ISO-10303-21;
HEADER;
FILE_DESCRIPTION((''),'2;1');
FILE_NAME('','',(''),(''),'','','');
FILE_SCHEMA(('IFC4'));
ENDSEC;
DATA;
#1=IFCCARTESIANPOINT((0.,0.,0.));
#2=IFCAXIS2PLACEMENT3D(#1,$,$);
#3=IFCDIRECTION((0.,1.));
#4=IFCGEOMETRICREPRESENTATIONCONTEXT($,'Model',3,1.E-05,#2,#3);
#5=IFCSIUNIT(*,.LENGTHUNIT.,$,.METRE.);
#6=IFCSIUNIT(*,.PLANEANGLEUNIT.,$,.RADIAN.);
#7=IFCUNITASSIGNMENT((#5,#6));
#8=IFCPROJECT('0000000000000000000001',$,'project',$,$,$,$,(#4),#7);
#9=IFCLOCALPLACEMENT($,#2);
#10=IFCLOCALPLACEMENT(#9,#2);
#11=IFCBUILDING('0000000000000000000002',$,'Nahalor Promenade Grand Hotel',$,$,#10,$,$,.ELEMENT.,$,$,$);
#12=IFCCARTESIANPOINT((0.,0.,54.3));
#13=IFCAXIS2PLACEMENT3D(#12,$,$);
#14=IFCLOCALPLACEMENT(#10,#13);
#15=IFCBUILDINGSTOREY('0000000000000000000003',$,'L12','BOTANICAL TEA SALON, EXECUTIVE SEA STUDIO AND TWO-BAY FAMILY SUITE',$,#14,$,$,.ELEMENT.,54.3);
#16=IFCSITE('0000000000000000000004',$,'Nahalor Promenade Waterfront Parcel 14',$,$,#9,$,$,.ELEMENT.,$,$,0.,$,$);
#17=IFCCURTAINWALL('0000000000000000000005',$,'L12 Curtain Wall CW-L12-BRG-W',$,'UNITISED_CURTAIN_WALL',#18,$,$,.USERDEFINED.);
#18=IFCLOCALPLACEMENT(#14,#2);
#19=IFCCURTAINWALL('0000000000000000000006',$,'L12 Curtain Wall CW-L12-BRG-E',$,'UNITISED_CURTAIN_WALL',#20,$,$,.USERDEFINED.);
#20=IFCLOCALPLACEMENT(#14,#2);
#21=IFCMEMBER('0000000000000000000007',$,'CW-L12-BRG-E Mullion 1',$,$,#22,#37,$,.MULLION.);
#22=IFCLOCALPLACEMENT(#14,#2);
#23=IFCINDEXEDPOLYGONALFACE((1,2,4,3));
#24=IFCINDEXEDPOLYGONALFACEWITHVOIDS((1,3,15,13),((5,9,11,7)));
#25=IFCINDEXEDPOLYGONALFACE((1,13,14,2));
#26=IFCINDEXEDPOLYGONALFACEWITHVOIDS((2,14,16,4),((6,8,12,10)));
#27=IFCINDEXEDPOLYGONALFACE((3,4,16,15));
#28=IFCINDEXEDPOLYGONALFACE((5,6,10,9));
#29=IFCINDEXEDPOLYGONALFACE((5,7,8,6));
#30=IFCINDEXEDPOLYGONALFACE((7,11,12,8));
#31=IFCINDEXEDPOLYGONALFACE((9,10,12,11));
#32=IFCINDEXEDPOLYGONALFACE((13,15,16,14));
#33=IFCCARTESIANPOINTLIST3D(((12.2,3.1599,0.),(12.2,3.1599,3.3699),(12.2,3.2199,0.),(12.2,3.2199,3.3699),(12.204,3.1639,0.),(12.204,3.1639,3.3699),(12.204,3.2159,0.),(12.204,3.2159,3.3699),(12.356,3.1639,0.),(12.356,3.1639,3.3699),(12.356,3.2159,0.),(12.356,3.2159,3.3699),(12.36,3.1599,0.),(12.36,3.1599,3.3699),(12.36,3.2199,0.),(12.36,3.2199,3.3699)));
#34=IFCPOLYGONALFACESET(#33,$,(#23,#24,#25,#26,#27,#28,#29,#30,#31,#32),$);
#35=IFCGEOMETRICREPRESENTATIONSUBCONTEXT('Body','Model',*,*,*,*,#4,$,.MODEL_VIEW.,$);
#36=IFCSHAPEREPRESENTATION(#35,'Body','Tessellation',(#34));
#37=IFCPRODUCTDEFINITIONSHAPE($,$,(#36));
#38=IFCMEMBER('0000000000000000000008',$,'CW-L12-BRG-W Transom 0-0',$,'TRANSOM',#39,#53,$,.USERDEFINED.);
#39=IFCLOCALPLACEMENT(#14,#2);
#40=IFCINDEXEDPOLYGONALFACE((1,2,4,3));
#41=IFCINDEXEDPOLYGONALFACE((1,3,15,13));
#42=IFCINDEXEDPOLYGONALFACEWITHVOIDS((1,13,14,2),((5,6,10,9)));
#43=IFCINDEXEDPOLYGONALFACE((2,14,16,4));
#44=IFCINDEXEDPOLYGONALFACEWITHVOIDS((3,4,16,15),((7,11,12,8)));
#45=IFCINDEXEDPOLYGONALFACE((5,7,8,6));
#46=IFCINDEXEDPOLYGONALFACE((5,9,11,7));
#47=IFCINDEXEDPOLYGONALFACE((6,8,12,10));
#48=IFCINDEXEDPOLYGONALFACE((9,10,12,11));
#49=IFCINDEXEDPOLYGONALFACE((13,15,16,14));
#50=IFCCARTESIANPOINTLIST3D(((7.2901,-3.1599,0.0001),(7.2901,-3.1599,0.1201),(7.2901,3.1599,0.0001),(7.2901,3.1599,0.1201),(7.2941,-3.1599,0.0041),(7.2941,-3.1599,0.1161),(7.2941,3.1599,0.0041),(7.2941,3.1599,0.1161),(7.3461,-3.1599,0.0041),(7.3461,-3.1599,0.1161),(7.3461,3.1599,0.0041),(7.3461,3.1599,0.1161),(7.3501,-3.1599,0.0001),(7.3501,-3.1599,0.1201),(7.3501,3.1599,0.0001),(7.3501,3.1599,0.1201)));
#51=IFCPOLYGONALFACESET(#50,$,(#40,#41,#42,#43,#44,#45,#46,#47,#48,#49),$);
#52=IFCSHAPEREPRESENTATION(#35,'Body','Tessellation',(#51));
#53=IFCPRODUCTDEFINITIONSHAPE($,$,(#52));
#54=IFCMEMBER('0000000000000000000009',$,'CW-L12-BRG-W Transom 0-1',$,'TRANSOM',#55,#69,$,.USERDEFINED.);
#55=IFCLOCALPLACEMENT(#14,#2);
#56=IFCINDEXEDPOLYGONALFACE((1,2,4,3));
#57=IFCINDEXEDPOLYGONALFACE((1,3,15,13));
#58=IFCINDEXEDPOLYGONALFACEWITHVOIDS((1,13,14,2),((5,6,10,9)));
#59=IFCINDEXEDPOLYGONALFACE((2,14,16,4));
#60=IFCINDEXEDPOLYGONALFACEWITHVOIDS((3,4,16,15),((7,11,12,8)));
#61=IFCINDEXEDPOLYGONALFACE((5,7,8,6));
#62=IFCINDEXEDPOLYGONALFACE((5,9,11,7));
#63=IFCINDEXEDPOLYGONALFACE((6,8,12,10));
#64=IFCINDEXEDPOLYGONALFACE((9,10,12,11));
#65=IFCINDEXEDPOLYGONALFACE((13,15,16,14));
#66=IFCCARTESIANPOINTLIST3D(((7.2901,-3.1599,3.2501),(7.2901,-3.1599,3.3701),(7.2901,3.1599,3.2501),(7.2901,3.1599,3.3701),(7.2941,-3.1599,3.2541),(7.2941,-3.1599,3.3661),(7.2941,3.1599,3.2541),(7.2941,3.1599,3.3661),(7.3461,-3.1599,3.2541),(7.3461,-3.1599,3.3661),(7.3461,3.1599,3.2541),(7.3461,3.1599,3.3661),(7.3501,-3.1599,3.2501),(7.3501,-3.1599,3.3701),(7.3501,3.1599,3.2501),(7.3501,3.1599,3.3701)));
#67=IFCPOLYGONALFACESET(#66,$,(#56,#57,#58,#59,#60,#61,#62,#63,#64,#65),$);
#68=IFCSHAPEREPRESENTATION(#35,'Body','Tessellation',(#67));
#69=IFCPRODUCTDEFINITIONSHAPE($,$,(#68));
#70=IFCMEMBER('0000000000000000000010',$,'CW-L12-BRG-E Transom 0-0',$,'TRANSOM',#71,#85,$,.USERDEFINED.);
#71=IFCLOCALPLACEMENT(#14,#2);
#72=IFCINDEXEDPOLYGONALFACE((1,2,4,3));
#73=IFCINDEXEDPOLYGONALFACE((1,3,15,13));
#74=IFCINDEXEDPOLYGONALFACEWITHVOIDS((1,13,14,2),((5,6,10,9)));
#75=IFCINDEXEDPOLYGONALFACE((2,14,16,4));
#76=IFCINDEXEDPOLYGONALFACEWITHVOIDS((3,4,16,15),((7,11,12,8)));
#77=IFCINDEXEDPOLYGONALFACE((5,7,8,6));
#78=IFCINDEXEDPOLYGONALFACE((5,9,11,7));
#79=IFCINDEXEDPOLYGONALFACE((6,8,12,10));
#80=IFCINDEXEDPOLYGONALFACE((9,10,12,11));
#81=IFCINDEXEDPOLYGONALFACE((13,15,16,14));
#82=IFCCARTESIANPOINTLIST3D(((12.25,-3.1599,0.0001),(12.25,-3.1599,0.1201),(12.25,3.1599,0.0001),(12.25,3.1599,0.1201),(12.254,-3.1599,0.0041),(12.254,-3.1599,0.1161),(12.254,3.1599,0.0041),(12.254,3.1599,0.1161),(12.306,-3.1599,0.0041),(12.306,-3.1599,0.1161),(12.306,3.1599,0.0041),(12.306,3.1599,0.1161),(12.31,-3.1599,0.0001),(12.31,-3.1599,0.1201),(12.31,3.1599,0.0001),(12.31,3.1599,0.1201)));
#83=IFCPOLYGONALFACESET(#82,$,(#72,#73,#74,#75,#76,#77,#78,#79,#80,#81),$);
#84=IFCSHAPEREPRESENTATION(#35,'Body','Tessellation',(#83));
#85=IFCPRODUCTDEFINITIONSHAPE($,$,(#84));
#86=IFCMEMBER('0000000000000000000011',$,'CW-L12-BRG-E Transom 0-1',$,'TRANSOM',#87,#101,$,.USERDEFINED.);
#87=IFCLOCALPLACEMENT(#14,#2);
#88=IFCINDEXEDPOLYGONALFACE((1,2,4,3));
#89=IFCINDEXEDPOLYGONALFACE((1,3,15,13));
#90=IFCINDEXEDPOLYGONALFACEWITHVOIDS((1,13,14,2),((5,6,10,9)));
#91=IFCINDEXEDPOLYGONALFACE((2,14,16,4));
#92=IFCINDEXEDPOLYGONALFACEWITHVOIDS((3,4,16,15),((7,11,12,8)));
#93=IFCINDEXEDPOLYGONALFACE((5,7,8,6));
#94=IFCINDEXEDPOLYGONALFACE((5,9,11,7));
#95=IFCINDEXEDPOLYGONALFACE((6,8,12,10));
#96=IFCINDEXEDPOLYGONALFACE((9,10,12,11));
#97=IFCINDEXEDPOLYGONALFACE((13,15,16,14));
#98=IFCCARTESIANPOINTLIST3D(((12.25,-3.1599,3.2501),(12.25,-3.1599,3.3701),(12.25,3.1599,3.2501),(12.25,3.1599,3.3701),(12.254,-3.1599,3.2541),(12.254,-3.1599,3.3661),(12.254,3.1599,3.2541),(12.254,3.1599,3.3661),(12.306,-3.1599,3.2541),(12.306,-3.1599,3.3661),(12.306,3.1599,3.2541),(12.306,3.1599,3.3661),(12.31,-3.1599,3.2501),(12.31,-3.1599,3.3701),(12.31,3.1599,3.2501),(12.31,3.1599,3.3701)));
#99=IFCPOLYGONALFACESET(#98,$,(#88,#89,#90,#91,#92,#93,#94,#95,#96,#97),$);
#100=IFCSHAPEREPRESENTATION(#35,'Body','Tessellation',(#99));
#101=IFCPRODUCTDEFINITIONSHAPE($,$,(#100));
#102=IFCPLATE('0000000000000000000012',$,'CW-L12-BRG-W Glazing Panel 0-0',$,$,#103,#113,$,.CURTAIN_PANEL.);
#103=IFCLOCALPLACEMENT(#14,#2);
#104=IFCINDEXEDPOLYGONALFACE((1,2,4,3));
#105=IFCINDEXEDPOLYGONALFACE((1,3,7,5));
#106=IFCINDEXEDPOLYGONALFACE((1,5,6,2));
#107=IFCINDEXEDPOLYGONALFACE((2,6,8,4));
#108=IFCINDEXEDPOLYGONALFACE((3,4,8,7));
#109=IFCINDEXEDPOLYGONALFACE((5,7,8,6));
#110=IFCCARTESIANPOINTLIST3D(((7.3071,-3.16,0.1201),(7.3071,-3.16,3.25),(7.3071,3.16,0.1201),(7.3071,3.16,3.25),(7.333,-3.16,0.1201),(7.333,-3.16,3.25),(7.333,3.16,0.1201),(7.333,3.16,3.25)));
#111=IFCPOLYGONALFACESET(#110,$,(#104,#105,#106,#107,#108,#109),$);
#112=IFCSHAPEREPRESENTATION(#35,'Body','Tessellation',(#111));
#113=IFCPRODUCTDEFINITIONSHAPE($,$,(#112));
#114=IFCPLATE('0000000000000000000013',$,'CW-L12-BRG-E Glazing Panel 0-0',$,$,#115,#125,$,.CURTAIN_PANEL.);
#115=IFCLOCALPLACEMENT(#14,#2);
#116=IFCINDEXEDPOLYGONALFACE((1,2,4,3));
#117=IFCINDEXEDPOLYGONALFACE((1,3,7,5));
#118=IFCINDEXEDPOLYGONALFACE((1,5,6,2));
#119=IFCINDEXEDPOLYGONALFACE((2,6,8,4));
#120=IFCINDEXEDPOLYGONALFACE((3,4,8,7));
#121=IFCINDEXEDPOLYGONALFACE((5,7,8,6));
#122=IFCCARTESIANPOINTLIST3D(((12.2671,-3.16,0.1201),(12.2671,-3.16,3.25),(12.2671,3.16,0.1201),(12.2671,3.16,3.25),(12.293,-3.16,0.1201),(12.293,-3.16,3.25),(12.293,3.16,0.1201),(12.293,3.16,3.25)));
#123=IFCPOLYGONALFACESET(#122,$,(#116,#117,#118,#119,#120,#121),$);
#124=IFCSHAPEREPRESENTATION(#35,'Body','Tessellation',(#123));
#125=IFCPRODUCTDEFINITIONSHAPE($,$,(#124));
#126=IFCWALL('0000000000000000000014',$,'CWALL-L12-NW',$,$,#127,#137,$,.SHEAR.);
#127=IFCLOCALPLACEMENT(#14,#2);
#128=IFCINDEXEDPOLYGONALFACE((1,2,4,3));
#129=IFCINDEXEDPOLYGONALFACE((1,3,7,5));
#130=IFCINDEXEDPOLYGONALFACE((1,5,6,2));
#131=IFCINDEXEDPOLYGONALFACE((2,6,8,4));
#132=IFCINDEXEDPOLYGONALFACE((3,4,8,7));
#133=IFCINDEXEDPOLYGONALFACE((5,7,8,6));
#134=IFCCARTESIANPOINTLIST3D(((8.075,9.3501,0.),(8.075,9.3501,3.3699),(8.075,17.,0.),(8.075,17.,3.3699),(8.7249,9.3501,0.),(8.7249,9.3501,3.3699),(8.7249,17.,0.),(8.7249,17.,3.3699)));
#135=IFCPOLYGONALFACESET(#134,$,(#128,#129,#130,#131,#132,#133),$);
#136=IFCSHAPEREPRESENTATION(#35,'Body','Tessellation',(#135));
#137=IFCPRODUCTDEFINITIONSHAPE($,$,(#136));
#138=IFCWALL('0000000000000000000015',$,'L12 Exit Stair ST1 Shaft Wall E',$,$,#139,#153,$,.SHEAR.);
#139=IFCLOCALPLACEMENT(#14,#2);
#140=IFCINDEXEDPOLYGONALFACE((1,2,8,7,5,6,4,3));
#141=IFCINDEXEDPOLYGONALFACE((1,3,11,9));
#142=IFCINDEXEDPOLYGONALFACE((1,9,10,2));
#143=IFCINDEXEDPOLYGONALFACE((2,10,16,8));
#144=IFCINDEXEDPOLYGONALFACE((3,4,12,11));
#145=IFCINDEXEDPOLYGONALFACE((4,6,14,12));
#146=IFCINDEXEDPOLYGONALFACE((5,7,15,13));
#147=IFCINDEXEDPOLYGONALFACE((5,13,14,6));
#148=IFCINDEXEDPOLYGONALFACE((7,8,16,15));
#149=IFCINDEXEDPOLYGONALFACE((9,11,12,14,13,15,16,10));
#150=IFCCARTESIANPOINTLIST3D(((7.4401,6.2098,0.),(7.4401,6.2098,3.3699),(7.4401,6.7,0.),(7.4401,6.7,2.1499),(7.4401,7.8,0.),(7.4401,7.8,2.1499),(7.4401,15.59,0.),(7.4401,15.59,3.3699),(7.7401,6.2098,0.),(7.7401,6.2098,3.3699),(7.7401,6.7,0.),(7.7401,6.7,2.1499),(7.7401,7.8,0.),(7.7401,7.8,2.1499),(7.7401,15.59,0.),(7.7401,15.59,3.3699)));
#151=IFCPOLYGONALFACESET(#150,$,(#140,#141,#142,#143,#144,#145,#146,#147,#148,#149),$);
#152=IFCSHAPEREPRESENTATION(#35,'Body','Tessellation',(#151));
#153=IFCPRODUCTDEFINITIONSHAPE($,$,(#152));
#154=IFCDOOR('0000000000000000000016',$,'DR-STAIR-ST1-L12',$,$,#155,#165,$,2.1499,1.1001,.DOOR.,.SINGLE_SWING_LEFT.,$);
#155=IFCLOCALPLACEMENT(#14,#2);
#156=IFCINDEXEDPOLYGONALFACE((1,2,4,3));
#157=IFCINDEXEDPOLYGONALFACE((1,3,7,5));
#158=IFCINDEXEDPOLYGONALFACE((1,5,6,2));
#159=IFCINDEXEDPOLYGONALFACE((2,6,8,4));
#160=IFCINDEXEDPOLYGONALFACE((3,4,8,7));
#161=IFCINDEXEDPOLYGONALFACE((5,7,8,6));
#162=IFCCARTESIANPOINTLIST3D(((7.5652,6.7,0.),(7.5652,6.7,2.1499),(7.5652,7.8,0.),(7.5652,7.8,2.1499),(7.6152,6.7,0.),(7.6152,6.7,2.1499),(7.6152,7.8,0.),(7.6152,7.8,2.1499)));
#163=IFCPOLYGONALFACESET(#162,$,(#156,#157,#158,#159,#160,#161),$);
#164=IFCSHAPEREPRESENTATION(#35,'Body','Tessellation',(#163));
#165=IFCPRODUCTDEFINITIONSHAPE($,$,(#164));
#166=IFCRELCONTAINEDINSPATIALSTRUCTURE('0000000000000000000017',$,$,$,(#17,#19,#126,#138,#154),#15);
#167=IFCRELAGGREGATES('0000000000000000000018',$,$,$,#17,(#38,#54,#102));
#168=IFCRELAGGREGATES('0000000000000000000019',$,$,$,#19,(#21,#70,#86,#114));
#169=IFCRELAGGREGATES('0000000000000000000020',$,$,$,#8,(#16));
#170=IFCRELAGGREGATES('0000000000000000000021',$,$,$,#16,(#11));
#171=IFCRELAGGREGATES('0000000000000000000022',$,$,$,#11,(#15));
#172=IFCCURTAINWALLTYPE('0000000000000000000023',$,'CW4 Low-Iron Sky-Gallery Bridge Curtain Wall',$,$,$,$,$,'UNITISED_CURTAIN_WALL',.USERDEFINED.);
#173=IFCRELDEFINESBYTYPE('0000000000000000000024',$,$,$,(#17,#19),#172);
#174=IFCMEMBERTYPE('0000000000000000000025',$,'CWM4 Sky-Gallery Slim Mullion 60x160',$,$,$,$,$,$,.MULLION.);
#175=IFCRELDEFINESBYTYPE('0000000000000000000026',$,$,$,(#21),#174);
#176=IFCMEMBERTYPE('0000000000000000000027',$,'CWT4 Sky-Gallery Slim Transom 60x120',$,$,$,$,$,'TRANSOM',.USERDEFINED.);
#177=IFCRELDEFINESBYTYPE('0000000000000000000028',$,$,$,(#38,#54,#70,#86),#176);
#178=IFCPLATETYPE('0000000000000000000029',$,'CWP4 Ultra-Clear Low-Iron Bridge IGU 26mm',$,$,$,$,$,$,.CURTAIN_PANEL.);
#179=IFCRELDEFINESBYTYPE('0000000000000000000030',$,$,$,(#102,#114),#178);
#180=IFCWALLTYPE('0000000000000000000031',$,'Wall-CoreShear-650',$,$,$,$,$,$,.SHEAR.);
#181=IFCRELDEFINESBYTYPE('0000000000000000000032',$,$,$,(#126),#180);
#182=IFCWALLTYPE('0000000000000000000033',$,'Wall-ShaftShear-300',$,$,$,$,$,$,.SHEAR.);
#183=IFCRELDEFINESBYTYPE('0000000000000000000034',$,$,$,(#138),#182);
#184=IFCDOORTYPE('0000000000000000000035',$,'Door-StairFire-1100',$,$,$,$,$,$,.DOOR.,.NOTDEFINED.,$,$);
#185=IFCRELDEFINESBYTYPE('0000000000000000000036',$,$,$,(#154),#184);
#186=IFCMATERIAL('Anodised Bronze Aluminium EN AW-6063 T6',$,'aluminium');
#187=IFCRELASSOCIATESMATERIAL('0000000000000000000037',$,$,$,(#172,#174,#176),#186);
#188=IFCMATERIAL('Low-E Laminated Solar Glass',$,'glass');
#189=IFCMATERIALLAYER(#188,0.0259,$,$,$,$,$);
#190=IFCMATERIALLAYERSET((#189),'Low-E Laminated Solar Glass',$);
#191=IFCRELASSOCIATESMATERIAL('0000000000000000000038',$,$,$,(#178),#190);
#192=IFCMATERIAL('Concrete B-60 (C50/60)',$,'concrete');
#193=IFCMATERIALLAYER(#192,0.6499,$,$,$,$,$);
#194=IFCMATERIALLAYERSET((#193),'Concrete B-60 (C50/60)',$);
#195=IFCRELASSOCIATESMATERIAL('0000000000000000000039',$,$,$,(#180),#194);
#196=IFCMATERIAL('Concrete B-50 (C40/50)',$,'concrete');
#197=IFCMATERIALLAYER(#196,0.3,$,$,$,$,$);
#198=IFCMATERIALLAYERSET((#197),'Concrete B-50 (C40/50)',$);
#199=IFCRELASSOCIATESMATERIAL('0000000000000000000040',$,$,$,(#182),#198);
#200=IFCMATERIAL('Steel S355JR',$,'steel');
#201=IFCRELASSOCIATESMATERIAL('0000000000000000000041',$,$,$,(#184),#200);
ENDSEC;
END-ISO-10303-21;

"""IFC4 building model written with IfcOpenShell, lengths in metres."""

from ifc_helpers import new_model, si_unit, direction, frame, frame_2d, origin, origin_2d, place, context, subcontext, project, spatial, rectangle, hollow_rectangle, extrude, source, transform, mapped, material, layer, layer_set, material_profile, profile_set, type_object, element, fill, aggregate, save


model = new_model("IFC4")

# Units and contexts
model_context = context("Model", 3, precision=1e-05, world=origin(), true_north=direction((0.0, 1.0)))
body_context = subcontext(model_context, "Body", "Model", "MODEL_VIEW")
ifc_project = project(units=[si_unit("LENGTHUNIT", "METRE"), si_unit("PLANEANGLEUNIT", "RADIAN")], contexts=[model_context])

# Site, building, storey
site_placement = place(None, origin())
site = spatial("IfcSite", under=ifc_project, at=site_placement, Name="Nahalor Promenade Waterfront Parcel 14", CompositionType="ELEMENT", RefElevation=0.0)
building_placement = place(site_placement, origin())
building = spatial("IfcBuilding", under=site, at=building_placement, Name="Nahalor Promenade Grand Hotel", CompositionType="ELEMENT")
storey_placement = place(building_placement, frame((0.0, 0.0, 54.3)))
storey = spatial("IfcBuildingStorey", under=building, at=storey_placement, Name="L12", Description="BOTANICAL TEA SALON, EXECUTIVE SEA STUDIO AND TWO-BAY FAMILY SUITE", CompositionType="ELEMENT", Elevation=54.3)

# Shared definitions
ifc_material_1 = material(Name="Steel S355JR", Category="steel")

# Shared definitions
ifc_material_2 = material(Name="Anodised Bronze Aluminium EN AW-6063 T6", Category="aluminium")

# Curtain wall
curtain_wall_type_1 = type_object("IfcCurtainWallType", Name="CW4 Low-Iron Sky-Gallery Bridge Curtain Wall", ElementType="UNITISED_CURTAIN_WALL", PredefinedType="USERDEFINED", material=ifc_material_2)
curtain_wall_1_placement = place(storey_placement, origin())
curtain_wall_1 = element("IfcCurtainWall", 1, at=curtain_wall_1_placement, inside=storey, type_object=curtain_wall_type_1, Name="L12 Curtain Wall CW-L12-BRG-W", ObjectType="UNITISED_CURTAIN_WALL", PredefinedType="USERDEFINED")
ifc_material_profile_1 = material_profile(ifc_material_2, hollow_rectangle(XDim=0.06, YDim=0.16, WallThickness=0.004, at=origin_2d()), Name="CWM 60x160x4")
ifc_profile_set_1 = profile_set([ifc_material_profile_1], Name="Anodised Bronze Aluminium EN AW-6063 T6")
member_type_1 = type_object("IfcMemberType", Name="CWM4 Sky-Gallery Slim Mullion 60x160", PredefinedType="MULLION", material=ifc_profile_set_1)
shared_shape_1 = source(origin(), body_context, "Body", "SweptSolid", [
    extrude(hollow_rectangle(XDim=0.06, YDim=0.16, WallThickness=0.004, at=origin_2d()), origin(), (0.0, 0.0, 1.0), 3.3699),
])

# Curtain wall, member
curtain_wall_2_placement = place(storey_placement, origin())
curtain_wall_2 = element("IfcCurtainWall", 2, at=curtain_wall_2_placement, inside=storey, type_object=curtain_wall_type_1, Name="L12 Curtain Wall CW-L12-BRG-E", ObjectType="UNITISED_CURTAIN_WALL", PredefinedType="USERDEFINED")
member_1_placement = place(storey_placement, frame((12.28, 3.1899, 0.0), z_axis=(0.0, 0.0, 1.0), x_axis=(0.0, 1.0, 0.0)))
member_1 = element("IfcMember", 3, at=member_1_placement, type_object=member_type_1, Name="CW-L12-BRG-E Mullion 1", PredefinedType="MULLION", context=body_context, shape_type="MappedRepresentation", body=[
    mapped(shared_shape_1, transform((0.0, 0.0, 0.0), scale=1.0)),
])

# Members
ifc_material_profile_2 = material_profile(ifc_material_2, hollow_rectangle(XDim=0.06, YDim=0.12, WallThickness=0.004, at=origin_2d()), Name="CWT 60x120x4")
ifc_profile_set_2 = profile_set([ifc_material_profile_2], Name="Anodised Bronze Aluminium EN AW-6063 T6")
member_type_2 = type_object("IfcMemberType", Name="CWT4 Sky-Gallery Slim Transom 60x120", ElementType="TRANSOM", PredefinedType="USERDEFINED", material=ifc_profile_set_2)
shared_shape_2 = source(origin(), body_context, "Body", "SweptSolid", [
    extrude(hollow_rectangle(XDim=0.06, YDim=0.12, WallThickness=0.004, at=origin_2d()), origin(), (0.0, 0.0, 1.0), 6.3198),
])
member_2_placement = place(storey_placement, frame((7.3201, -3.1599, 0.0601), z_axis=(0.0, 1.0, 0.0), x_axis=(-1.0, 0.0, 0.0)))
member_2 = element("IfcMember", 4, at=member_2_placement, type_object=member_type_2, Name="CW-L12-BRG-W Transom 0-0", ObjectType="TRANSOM", PredefinedType="USERDEFINED", context=body_context, shape_type="MappedRepresentation", body=[
    mapped(shared_shape_2, transform((0.0, 0.0, 0.0), scale=1.0)),
])
member_3_placement = place(storey_placement, frame((7.3201, -3.1599, 3.3101), z_axis=(0.0, 1.0, 0.0), x_axis=(-1.0, 0.0, 0.0)))
member_3 = element("IfcMember", 5, at=member_3_placement, type_object=member_type_2, Name="CW-L12-BRG-W Transom 0-1", ObjectType="TRANSOM", PredefinedType="USERDEFINED", context=body_context, shape_type="MappedRepresentation", body=[
    mapped(shared_shape_2, transform((0.0, 0.0, 0.0), scale=1.0)),
])
member_4_placement = place(storey_placement, frame((12.28, -3.1599, 0.0601), z_axis=(0.0, 1.0, 0.0), x_axis=(-1.0, 0.0, 0.0)))
member_4 = element("IfcMember", 6, at=member_4_placement, type_object=member_type_2, Name="CW-L12-BRG-E Transom 0-0", ObjectType="TRANSOM", PredefinedType="USERDEFINED", context=body_context, shape_type="MappedRepresentation", body=[
    mapped(shared_shape_2, transform((0.0, 0.0, 0.0), scale=1.0)),
])
member_5_placement = place(storey_placement, frame((12.28, -3.1599, 3.3101), z_axis=(0.0, 1.0, 0.0), x_axis=(-1.0, 0.0, 0.0)))
member_5 = element("IfcMember", 7, at=member_5_placement, type_object=member_type_2, Name="CW-L12-BRG-E Transom 0-1", ObjectType="TRANSOM", PredefinedType="USERDEFINED", context=body_context, shape_type="MappedRepresentation", body=[
    mapped(shared_shape_2, transform((0.0, 0.0, 0.0), scale=1.0)),
])

# Plates
ifc_material_3 = material(Name="Low-E Laminated Solar Glass", Category="glass")
ifc_layer_1 = layer(ifc_material_3, 0.0259)
ifc_layer_set_1 = layer_set([ifc_layer_1], Name="Low-E Laminated Solar Glass")
plate_type = type_object("IfcPlateType", Name="CWP4 Ultra-Clear Low-Iron Bridge IGU 26mm", PredefinedType="CURTAIN_PANEL", material=ifc_layer_set_1)
shared_shape_3 = source(origin(), body_context, "Body", "SweptSolid", [
    extrude(rectangle(XDim=6.3201, YDim=0.0259, at=origin_2d()), origin(), (0.0, 0.0, 1.0), 3.1299),
])
plate_1_placement = place(storey_placement, frame((7.3201, 0.0, 0.1201), z_axis=(0.0, 0.0, 1.0), x_axis=(0.0, 1.0, 0.0)))
plate_1 = element("IfcPlate", 8, at=plate_1_placement, type_object=plate_type, Name="CW-L12-BRG-W Glazing Panel 0-0", PredefinedType="CURTAIN_PANEL", context=body_context, shape_type="MappedRepresentation", body=[
    mapped(shared_shape_3, transform((0.0, 0.0, 0.0), scale=1.0)),
])
aggregate(curtain_wall_1, [member_2, member_3, plate_1])
plate_2_placement = place(storey_placement, frame((12.28, 0.0, 0.1201), z_axis=(0.0, 0.0, 1.0), x_axis=(0.0, 1.0, 0.0)))
plate_2 = element("IfcPlate", 9, at=plate_2_placement, type_object=plate_type, Name="CW-L12-BRG-E Glazing Panel 0-0", PredefinedType="CURTAIN_PANEL", context=body_context, shape_type="MappedRepresentation", body=[
    mapped(shared_shape_3, transform((0.0, 0.0, 0.0), scale=1.0)),
])
aggregate(curtain_wall_2, [member_1, member_4, member_5, plate_2])

# Wall
ifc_material_4 = material(Name="Concrete B-60 (C50/60)", Category="concrete")
ifc_layer_2 = layer(ifc_material_4, 0.6499)
ifc_layer_set_2 = layer_set([ifc_layer_2], Name="Concrete B-60 (C50/60)")
wall_type_1 = type_object("IfcWallType", Name="Wall-CoreShear-650", PredefinedType="SHEAR", material=ifc_layer_set_2)
shared_shape_4 = source(origin(), body_context, "Body", "SweptSolid", [
    extrude(rectangle(XDim=7.6499, YDim=0.6499, at=frame_2d((3.825, 0.0))), origin(), (0.0, 0.0, 1.0), 3.3699),
])
wall_1_placement = place(storey_placement, frame((8.3999, 9.3501, 0.0), z_axis=(0.0, 0.0, 1.0), x_axis=(0.0, 1.0, 0.0)))
element("IfcWall", 10, at=wall_1_placement, inside=storey, type_object=wall_type_1, Name="CWALL-L12-NW", PredefinedType="SHEAR", context=body_context, shape_type="MappedRepresentation", body=[
    mapped(shared_shape_4, transform((0.0, 0.0, 0.0), scale=1.0)),
])

# Wall, opening, door
ifc_material_5 = material(Name="Concrete B-50 (C40/50)", Category="concrete")
ifc_layer_3 = layer(ifc_material_5, 0.3)
ifc_layer_set_3 = layer_set([ifc_layer_3], Name="Concrete B-50 (C40/50)")
wall_type_2 = type_object("IfcWallType", Name="Wall-ShaftShear-300", PredefinedType="SHEAR", material=ifc_layer_set_3)
shared_shape_5 = source(origin(), body_context, "Body", "SweptSolid", [
    extrude(rectangle(XDim=9.3801, YDim=0.3, at=frame_2d((4.6899, 0.0))), origin(), (0.0, 0.0, 1.0), 3.3699),
])
wall_2_placement = place(storey_placement, frame((7.5901, 6.21, 0.0), z_axis=(0.0, 0.0, 1.0), x_axis=(0.0, 1.0, 0.0)))
wall_2 = element("IfcWall", 11, at=wall_2_placement, inside=storey, type_object=wall_type_2, Name="L12 Exit Stair ST1 Shaft Wall E", PredefinedType="SHEAR", context=body_context, shape_type="MappedRepresentation", body=[
    mapped(shared_shape_5, transform((0.0, 0.0, 0.0), scale=1.0)),
])
opening_1_placement = place(wall_2_placement, frame((0.49, 0.0, 0.0)))
opening_1 = element("IfcOpeningElement", 12, at=opening_1_placement, cuts=wall_2, PredefinedType="OPENING", context=body_context, shape_type="SweptSolid", body=[
    extrude(rectangle(XDim=1.1001, YDim=2.1499, at=frame_2d((0.55, 1.075))), frame((0.0, 0.1599, 0.0), z_axis=(0.0, -1.0, 0.0), x_axis=(1.0, 0.0, 0.0)), (0.0, 0.0, 1.0), 0.3201),
])
door_type_1 = type_object("IfcDoorType", Name="Door-StairFire-1100", OperationType="NOTDEFINED", PredefinedType="DOOR", material=ifc_material_1)
shared_shape_6 = source(origin(), body_context, "Body", "SweptSolid", [
    extrude(rectangle(XDim=1.1001, YDim=2.1499, at=frame_2d((0.55, 1.075))), frame((0.0, 0.0249, 0.0), z_axis=(0.0, -1.0, 0.0), x_axis=(1.0, 0.0, 0.0)), (0.0, 0.0, 1.0), 0.05),
])
door_1_placement = place(opening_1_placement, origin())
door_1 = element("IfcDoor", 13, at=door_1_placement, inside=storey, type_object=door_type_1, Name="DR-STAIR-ST1-L12", OperationType="SINGLE_SWING_LEFT", OverallHeight=2.1499, OverallWidth=1.1001, PredefinedType="DOOR", context=body_context, shape_type="MappedRepresentation", body=[
    mapped(shared_shape_6, transform((0.0, 0.0, 0.0), scale=1.0)),
])
fill(opening_1, door_1)

save(model, "model.ifc")
